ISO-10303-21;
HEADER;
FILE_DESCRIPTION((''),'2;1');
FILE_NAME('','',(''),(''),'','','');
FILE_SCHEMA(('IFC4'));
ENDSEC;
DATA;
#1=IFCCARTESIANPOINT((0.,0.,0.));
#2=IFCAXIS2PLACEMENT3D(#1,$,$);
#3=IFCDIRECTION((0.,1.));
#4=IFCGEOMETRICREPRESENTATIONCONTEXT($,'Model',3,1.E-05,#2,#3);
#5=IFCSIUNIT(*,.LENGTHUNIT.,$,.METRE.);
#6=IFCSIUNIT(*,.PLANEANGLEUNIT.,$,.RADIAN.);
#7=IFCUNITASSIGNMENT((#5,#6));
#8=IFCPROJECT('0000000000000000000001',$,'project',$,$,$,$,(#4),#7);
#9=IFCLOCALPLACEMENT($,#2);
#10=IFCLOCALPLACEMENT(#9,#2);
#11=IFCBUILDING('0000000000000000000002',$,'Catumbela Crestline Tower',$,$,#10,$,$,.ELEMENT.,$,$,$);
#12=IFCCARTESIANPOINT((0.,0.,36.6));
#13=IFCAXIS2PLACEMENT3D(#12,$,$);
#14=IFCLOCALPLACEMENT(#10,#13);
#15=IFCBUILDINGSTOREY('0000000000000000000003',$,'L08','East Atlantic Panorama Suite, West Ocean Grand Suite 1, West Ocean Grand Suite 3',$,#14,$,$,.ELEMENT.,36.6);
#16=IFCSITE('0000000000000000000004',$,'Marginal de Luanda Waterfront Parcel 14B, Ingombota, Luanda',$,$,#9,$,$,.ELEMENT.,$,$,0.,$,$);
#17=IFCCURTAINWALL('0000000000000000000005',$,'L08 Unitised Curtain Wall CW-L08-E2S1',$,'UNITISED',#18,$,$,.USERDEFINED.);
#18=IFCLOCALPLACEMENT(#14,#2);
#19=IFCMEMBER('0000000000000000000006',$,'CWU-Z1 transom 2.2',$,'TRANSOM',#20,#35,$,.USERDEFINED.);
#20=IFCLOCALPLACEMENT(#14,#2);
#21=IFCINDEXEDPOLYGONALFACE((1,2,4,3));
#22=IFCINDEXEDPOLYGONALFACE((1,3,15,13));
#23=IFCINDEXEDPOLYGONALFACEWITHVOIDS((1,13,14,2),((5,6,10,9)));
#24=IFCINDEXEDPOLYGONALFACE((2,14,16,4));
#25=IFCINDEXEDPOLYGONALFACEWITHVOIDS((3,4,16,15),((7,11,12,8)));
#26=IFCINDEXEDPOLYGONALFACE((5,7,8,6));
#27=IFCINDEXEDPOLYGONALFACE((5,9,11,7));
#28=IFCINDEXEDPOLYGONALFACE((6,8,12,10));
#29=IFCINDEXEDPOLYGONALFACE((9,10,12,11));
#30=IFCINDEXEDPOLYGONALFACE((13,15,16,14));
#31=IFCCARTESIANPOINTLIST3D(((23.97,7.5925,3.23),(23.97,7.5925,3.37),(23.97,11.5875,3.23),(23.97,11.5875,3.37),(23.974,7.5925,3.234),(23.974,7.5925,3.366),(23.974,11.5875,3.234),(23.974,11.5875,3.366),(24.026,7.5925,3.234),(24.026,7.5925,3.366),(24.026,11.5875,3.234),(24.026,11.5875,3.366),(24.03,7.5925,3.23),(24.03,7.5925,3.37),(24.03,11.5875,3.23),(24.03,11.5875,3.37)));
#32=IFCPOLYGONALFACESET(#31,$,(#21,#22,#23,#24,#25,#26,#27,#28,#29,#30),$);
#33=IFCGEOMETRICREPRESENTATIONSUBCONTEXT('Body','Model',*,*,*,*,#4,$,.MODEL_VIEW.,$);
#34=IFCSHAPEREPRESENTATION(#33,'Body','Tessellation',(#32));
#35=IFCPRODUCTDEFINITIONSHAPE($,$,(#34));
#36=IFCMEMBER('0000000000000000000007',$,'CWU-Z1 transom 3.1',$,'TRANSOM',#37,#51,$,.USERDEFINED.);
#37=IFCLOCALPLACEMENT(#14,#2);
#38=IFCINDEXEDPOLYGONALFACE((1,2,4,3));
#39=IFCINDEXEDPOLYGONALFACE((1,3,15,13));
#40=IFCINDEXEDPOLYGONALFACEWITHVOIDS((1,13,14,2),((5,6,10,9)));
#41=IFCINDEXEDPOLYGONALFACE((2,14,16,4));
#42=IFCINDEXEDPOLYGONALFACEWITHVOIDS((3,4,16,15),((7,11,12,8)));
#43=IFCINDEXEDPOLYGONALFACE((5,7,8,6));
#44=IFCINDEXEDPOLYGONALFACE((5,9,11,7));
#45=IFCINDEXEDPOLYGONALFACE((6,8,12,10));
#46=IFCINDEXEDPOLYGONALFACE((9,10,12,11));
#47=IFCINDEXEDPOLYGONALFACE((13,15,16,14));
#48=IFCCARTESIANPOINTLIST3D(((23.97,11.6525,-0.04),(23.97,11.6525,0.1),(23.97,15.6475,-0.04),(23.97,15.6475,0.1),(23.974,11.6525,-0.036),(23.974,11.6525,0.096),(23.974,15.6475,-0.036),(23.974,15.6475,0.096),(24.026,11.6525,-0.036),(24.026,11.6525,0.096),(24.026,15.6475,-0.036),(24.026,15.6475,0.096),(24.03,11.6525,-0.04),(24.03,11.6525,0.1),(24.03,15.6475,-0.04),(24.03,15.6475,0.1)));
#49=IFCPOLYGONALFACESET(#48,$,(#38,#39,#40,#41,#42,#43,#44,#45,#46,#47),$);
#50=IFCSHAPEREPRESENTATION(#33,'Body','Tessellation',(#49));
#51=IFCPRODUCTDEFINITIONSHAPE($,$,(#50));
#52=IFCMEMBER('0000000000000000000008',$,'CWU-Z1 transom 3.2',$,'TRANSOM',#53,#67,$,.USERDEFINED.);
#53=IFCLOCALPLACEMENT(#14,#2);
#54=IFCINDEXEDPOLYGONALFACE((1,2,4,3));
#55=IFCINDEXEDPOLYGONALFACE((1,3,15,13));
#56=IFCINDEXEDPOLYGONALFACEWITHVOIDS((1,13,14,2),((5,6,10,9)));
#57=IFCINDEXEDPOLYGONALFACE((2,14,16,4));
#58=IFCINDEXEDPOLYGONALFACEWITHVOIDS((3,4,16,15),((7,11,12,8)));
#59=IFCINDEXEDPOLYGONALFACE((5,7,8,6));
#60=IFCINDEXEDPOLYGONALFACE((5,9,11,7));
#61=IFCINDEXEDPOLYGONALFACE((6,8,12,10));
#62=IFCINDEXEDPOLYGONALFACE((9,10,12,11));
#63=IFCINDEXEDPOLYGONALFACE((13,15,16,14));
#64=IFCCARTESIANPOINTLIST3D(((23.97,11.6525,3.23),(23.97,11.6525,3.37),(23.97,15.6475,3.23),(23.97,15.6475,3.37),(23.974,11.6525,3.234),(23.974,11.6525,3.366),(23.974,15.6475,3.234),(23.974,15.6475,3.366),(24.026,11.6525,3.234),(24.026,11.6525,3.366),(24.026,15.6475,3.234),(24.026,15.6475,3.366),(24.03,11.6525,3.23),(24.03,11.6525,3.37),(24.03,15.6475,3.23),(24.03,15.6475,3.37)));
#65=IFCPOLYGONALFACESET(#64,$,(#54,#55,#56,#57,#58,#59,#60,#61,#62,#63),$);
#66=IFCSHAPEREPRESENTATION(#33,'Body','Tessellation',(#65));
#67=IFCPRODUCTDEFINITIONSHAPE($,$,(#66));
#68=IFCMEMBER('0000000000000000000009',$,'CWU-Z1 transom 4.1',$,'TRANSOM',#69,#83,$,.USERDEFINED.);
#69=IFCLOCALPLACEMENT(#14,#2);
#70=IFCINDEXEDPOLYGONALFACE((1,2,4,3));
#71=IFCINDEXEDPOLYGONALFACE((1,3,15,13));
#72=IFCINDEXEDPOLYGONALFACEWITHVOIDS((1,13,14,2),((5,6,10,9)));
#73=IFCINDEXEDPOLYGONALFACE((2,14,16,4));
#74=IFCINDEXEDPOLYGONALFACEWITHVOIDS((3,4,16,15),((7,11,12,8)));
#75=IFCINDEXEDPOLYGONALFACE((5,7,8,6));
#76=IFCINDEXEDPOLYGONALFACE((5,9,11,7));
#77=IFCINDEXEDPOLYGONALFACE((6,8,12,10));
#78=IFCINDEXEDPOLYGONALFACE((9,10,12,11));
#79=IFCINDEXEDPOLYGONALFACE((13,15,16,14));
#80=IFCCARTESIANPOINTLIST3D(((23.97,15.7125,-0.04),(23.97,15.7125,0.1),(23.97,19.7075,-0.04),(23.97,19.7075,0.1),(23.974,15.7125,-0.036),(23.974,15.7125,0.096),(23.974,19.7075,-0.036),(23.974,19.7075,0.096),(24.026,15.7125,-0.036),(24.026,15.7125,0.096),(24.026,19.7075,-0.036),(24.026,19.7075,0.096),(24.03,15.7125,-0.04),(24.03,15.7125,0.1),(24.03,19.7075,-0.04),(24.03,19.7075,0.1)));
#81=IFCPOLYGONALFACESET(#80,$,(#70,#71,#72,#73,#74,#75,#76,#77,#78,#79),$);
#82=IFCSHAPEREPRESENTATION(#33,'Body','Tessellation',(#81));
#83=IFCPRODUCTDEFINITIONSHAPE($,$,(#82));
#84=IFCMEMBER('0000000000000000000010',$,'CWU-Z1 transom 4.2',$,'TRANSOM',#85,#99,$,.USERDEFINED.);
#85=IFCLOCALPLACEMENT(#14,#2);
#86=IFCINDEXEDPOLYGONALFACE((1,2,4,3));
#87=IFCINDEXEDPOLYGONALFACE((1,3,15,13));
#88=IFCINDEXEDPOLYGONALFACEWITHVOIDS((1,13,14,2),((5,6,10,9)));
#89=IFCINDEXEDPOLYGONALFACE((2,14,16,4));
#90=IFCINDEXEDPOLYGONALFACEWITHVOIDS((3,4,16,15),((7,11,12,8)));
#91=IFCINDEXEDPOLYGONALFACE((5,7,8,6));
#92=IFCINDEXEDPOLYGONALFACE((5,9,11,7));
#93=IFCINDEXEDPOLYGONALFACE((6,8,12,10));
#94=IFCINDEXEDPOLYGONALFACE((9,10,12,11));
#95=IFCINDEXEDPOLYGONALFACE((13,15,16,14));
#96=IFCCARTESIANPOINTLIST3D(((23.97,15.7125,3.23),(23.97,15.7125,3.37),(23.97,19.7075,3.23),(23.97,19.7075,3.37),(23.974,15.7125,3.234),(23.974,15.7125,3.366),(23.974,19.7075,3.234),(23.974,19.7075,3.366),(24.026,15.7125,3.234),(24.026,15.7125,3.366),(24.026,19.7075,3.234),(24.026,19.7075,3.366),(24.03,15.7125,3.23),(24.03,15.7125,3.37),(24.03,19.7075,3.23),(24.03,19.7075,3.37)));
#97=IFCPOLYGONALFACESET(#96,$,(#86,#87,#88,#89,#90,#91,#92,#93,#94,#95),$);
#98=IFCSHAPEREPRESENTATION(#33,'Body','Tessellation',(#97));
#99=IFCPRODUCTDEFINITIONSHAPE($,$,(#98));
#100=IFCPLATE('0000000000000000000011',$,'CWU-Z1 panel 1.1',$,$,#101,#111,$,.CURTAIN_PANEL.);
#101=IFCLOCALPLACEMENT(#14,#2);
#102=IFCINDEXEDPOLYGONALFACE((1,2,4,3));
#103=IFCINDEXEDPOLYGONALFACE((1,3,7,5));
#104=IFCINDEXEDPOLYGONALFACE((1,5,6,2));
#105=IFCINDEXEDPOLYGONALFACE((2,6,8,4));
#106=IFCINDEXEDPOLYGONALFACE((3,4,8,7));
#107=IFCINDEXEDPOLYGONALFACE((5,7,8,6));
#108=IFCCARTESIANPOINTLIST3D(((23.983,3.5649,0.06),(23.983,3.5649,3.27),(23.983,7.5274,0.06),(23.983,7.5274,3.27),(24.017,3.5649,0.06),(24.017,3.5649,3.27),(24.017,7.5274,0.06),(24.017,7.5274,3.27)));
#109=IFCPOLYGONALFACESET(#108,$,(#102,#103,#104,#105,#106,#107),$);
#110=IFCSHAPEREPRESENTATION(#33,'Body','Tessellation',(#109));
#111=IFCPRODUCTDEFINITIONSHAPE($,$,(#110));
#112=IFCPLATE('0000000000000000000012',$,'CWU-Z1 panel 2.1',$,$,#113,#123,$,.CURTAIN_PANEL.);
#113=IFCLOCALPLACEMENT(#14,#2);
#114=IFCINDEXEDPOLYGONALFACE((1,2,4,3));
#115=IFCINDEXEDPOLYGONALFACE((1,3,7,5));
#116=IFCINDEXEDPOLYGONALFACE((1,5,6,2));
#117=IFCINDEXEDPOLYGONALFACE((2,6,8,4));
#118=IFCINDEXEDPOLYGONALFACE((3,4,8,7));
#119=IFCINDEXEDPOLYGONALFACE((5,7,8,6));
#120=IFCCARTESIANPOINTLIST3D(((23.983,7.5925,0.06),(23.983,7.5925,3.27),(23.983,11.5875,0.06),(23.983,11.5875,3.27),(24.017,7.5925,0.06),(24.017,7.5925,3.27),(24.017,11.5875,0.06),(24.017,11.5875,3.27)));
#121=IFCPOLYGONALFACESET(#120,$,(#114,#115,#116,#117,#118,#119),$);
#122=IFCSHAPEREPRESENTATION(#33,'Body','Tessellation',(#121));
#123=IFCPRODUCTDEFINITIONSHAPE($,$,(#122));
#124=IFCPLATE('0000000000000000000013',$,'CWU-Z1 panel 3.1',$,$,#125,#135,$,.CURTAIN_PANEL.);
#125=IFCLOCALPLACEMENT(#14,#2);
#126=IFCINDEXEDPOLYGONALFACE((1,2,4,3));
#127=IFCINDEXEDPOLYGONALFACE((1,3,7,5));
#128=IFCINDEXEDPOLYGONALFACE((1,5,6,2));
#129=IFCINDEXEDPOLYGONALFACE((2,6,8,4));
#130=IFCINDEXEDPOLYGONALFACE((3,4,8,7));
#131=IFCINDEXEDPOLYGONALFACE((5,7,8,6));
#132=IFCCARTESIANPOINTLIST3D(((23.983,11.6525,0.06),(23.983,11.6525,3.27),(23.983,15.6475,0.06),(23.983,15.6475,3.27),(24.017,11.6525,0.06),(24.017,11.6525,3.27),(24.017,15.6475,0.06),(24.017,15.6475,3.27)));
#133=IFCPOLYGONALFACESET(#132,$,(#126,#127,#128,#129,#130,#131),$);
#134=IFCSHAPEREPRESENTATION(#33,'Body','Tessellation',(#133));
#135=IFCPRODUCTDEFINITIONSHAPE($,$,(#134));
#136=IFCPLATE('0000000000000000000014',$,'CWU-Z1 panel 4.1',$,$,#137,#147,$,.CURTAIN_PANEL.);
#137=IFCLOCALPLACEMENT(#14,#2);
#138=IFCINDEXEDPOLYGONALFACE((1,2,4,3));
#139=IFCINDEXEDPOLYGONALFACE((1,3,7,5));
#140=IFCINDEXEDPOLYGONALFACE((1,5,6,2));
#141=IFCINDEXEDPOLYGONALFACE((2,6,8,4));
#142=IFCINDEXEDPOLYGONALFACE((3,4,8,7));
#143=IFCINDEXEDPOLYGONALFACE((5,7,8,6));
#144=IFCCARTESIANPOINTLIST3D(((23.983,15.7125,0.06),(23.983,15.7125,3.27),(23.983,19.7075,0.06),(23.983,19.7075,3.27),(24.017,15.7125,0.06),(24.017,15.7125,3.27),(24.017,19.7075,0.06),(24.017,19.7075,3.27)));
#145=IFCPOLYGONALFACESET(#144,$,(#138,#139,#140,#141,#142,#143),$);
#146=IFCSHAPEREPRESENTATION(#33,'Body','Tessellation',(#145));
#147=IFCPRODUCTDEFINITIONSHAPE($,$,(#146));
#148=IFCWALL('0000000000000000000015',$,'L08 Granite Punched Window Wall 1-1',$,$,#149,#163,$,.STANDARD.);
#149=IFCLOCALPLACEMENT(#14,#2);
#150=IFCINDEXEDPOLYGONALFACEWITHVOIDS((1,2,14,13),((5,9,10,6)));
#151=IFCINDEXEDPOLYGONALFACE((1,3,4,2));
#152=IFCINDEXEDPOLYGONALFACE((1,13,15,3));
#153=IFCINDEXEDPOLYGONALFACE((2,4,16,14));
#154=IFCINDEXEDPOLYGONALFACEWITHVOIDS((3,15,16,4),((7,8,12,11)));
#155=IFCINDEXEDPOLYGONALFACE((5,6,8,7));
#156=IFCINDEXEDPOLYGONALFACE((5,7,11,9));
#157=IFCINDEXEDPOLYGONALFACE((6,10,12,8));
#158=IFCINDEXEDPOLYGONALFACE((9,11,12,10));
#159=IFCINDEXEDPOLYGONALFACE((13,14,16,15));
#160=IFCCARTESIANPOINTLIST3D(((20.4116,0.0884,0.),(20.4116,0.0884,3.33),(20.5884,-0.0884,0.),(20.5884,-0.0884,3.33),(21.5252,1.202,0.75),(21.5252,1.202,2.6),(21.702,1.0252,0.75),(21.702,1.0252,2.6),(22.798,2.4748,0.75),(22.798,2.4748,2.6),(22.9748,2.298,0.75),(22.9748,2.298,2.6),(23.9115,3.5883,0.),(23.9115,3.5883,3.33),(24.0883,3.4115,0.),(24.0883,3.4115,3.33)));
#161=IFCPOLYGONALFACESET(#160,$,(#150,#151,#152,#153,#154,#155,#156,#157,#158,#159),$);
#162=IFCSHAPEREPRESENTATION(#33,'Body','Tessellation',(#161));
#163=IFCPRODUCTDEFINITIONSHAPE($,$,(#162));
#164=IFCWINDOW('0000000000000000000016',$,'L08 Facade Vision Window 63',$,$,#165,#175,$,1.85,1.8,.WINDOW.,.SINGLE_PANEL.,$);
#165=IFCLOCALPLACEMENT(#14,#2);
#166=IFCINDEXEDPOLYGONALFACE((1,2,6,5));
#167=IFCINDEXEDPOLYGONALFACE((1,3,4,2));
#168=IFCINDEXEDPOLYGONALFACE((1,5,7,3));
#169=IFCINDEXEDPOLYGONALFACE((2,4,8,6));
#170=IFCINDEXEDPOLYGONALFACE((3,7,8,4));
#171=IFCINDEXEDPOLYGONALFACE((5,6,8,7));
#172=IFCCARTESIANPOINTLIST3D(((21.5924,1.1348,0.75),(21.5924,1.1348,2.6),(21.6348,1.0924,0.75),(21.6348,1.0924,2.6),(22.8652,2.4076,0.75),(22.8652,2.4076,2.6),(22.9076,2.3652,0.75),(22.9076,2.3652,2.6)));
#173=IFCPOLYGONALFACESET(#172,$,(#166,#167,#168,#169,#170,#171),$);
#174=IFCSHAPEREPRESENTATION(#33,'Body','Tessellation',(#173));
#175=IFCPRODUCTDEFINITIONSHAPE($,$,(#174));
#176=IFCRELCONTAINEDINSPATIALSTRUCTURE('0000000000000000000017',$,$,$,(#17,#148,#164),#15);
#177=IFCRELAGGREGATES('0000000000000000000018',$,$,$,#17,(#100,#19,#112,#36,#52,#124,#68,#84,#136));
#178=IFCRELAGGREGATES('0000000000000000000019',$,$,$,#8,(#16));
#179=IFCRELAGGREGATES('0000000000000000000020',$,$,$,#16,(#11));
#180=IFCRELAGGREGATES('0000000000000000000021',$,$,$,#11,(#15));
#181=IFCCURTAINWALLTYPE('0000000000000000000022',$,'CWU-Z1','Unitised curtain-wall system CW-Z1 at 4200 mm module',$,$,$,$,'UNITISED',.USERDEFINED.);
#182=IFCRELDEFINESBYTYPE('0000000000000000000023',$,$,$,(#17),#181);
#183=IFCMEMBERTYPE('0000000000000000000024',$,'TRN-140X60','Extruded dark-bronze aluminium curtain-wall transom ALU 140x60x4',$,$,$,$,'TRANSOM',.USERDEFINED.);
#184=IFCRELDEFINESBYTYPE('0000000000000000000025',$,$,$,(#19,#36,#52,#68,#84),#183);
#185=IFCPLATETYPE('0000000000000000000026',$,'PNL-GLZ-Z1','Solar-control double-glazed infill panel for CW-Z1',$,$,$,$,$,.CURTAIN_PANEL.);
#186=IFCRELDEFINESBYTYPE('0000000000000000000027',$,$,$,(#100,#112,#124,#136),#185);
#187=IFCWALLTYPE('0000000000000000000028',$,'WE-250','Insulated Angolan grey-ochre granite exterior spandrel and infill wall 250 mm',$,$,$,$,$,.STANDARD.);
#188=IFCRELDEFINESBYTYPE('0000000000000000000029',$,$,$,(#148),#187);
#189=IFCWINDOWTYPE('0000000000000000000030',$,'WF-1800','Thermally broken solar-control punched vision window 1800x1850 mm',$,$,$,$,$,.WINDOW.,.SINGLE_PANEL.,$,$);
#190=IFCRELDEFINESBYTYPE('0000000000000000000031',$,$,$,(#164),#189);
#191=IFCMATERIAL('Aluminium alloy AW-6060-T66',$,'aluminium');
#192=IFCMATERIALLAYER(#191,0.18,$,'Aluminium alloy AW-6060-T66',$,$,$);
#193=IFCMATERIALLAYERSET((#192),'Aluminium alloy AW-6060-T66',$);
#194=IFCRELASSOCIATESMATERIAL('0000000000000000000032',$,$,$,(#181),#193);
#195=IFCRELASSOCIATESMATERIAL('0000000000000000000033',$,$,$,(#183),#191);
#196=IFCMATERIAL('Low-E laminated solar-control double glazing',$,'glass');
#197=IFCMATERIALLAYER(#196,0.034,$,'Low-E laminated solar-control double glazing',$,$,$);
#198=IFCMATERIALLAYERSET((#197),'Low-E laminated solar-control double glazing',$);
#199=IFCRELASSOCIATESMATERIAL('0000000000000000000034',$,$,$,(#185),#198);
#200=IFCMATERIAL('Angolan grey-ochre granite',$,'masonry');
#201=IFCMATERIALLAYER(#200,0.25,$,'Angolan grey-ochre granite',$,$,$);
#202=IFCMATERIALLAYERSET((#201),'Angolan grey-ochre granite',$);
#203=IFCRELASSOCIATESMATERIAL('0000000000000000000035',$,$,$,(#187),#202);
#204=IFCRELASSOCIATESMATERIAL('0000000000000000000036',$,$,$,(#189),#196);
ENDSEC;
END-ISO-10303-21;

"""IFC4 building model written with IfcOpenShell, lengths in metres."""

from ifc_helpers import new_model, si_unit, direction, frame, frame_2d, origin, origin_2d, place, context, subcontext, project, spatial, rectangle, hollow_rectangle, extrude, material, layer, layer_set, material_profile, profile_set, type_object, element, fill, aggregate, save


model = new_model("IFC4")

# Units and contexts
model_context = context("Model", 3, precision=1e-05, world=origin(), true_north=direction((0.0, 1.0)))
body_context = subcontext(model_context, "Body", "Model", "MODEL_VIEW")
ifc_project = project(units=[si_unit("LENGTHUNIT", "METRE"), si_unit("PLANEANGLEUNIT", "RADIAN")], contexts=[model_context])

# Site, building, storey
site_placement = place(None, origin())
site = spatial("IfcSite", under=ifc_project, at=site_placement, Name="Marginal de Luanda Waterfront Parcel 14B, Ingombota, Luanda", CompositionType="ELEMENT", RefElevation=0.0)
building_placement = place(site_placement, origin())
building = spatial("IfcBuilding", under=site, at=building_placement, Name="Catumbela Crestline Tower", CompositionType="ELEMENT")
storey_placement = place(building_placement, frame((0.0, 0.0, 36.6)))
storey = spatial("IfcBuildingStorey", under=building, at=storey_placement, Name="L08", Description="East Atlantic Panorama Suite, West Ocean Grand Suite 1, West Ocean Grand Suite 3", CompositionType="ELEMENT", Elevation=36.6)

# Shared definitions
ifc_material_1 = material(Name="Aluminium alloy AW-6060-T66", Category="aluminium")
ifc_layer_1 = layer(ifc_material_1, 0.18, Name="Aluminium alloy AW-6060-T66")
ifc_layer_set_1 = layer_set([ifc_layer_1], Name="Aluminium alloy AW-6060-T66")
curtain_wall_type = type_object("IfcCurtainWallType", Name="CWU-Z1", Description="Unitised curtain-wall system CW-Z1 at 4200 mm module", ElementType="UNITISED", PredefinedType="USERDEFINED", material=ifc_layer_set_1)

# Curtain wall
curtain_wall_1_placement = place(storey_placement, origin())
curtain_wall_1 = element("IfcCurtainWall", 1, at=curtain_wall_1_placement, inside=storey, type_object=curtain_wall_type, Name="L08 Unitised Curtain Wall CW-L08-E2S1", ObjectType="UNITISED", PredefinedType="USERDEFINED")

# Members
ifc_material_profile_1 = material_profile(ifc_material_1, hollow_rectangle(XDim=0.06, YDim=0.14, WallThickness=0.004, at=origin_2d()), Name="ALU 140x60x4")
ifc_profile_set_1 = profile_set([ifc_material_profile_1], Name="Aluminium alloy AW-6060-T66")
member_type_1 = type_object("IfcMemberType", Name="TRN-140X60", Description="Extruded dark-bronze aluminium curtain-wall transom ALU 140x60x4", ElementType="TRANSOM", PredefinedType="USERDEFINED", material=ifc_profile_set_1)
member_1_placement = place(storey_placement, frame((24.0, 7.5925, 3.3), z_axis=(0.0, 1.0, 0.0), x_axis=(-1.0, 0.0, 0.0)))
member_1 = element("IfcMember", 2, at=member_1_placement, type_object=member_type_1, Name="CWU-Z1 transom 2.2", ObjectType="TRANSOM", PredefinedType="USERDEFINED", context=body_context, shape_type="SweptSolid", body=[
    extrude(hollow_rectangle(XDim=0.06, YDim=0.14, WallThickness=0.004, at=origin_2d()), origin(), (0.0, 0.0, 1.0), 3.995),
])
member_2_placement = place(storey_placement, frame((24.0, 11.6525, 0.03), z_axis=(0.0, 1.0, 0.0), x_axis=(-1.0, 0.0, 0.0)))
member_2 = element("IfcMember", 3, at=member_2_placement, type_object=member_type_1, Name="CWU-Z1 transom 3.1", ObjectType="TRANSOM", PredefinedType="USERDEFINED", context=body_context, shape_type="SweptSolid", body=[
    extrude(hollow_rectangle(XDim=0.06, YDim=0.14, WallThickness=0.004, at=origin_2d()), origin(), (0.0, 0.0, 1.0), 3.995),
])
member_3_placement = place(storey_placement, frame((24.0, 11.6525, 3.3), z_axis=(0.0, 1.0, 0.0), x_axis=(-1.0, 0.0, 0.0)))
member_3 = element("IfcMember", 4, at=member_3_placement, type_object=member_type_1, Name="CWU-Z1 transom 3.2", ObjectType="TRANSOM", PredefinedType="USERDEFINED", context=body_context, shape_type="SweptSolid", body=[
    extrude(hollow_rectangle(XDim=0.06, YDim=0.14, WallThickness=0.004, at=origin_2d()), origin(), (0.0, 0.0, 1.0), 3.995),
])
member_4_placement = place(storey_placement, frame((24.0, 15.7125, 0.03), z_axis=(0.0, 1.0, 0.0), x_axis=(-1.0, 0.0, 0.0)))
member_4 = element("IfcMember", 5, at=member_4_placement, type_object=member_type_1, Name="CWU-Z1 transom 4.1", ObjectType="TRANSOM", PredefinedType="USERDEFINED", context=body_context, shape_type="SweptSolid", body=[
    extrude(hollow_rectangle(XDim=0.06, YDim=0.14, WallThickness=0.004, at=origin_2d()), origin(), (0.0, 0.0, 1.0), 3.995),
])
member_5_placement = place(storey_placement, frame((24.0, 15.7125, 3.3), z_axis=(0.0, 1.0, 0.0), x_axis=(-1.0, 0.0, 0.0)))
member_5 = element("IfcMember", 6, at=member_5_placement, type_object=member_type_1, Name="CWU-Z1 transom 4.2", ObjectType="TRANSOM", PredefinedType="USERDEFINED", context=body_context, shape_type="SweptSolid", body=[
    extrude(hollow_rectangle(XDim=0.06, YDim=0.14, WallThickness=0.004, at=origin_2d()), origin(), (0.0, 0.0, 1.0), 3.995),
])

# Plates
ifc_material_2 = material(Name="Low-E laminated solar-control double glazing", Category="glass")
ifc_layer_2 = layer(ifc_material_2, 0.034, Name="Low-E laminated solar-control double glazing")
ifc_layer_set_2 = layer_set([ifc_layer_2], Name="Low-E laminated solar-control double glazing")
plate_type = type_object("IfcPlateType", Name="PNL-GLZ-Z1", Description="Solar-control double-glazed infill panel for CW-Z1", PredefinedType="CURTAIN_PANEL", material=ifc_layer_set_2)
plate_1_placement = place(storey_placement, frame((24.0, 5.5462, 0.06), z_axis=(0.0, 0.0, 1.0), x_axis=(0.0, 1.0, 0.0)))
plate_1 = element("IfcPlate", 7, at=plate_1_placement, type_object=plate_type, Name="CWU-Z1 panel 1.1", PredefinedType="CURTAIN_PANEL", context=body_context, shape_type="SweptSolid", body=[
    extrude(rectangle(XDim=3.9625, YDim=0.034, at=origin_2d()), origin(), (0.0, 0.0, 1.0), 3.21),
])
plate_2_placement = place(storey_placement, frame((24.0, 9.59, 0.06), z_axis=(0.0, 0.0, 1.0), x_axis=(0.0, 1.0, 0.0)))
plate_2 = element("IfcPlate", 8, at=plate_2_placement, type_object=plate_type, Name="CWU-Z1 panel 2.1", PredefinedType="CURTAIN_PANEL", context=body_context, shape_type="SweptSolid", body=[
    extrude(rectangle(XDim=3.995, YDim=0.034, at=origin_2d()), origin(), (0.0, 0.0, 1.0), 3.21),
])
plate_3_placement = place(storey_placement, frame((24.0, 13.65, 0.06), z_axis=(0.0, 0.0, 1.0), x_axis=(0.0, 1.0, 0.0)))
plate_3 = element("IfcPlate", 9, at=plate_3_placement, type_object=plate_type, Name="CWU-Z1 panel 3.1", PredefinedType="CURTAIN_PANEL", context=body_context, shape_type="SweptSolid", body=[
    extrude(rectangle(XDim=3.995, YDim=0.034, at=origin_2d()), origin(), (0.0, 0.0, 1.0), 3.21),
])
plate_4_placement = place(storey_placement, frame((24.0, 17.71, 0.06), z_axis=(0.0, 0.0, 1.0), x_axis=(0.0, 1.0, 0.0)))
plate_4 = element("IfcPlate", 10, at=plate_4_placement, type_object=plate_type, Name="CWU-Z1 panel 4.1", PredefinedType="CURTAIN_PANEL", context=body_context, shape_type="SweptSolid", body=[
    extrude(rectangle(XDim=3.995, YDim=0.034, at=origin_2d()), origin(), (0.0, 0.0, 1.0), 3.21),
])
aggregate(curtain_wall_1, [plate_1, member_1, plate_2, member_2, member_3, plate_3, member_4, member_5, plate_4])

# Wall, opening, window
ifc_material_3 = material(Name="Angolan grey-ochre granite", Category="masonry")
ifc_layer_3 = layer(ifc_material_3, 0.25, Name="Angolan grey-ochre granite")
ifc_layer_set_3 = layer_set([ifc_layer_3], Name="Angolan grey-ochre granite")
wall_type_1 = type_object("IfcWallType", Name="WE-250", Description="Insulated Angolan grey-ochre granite exterior spandrel and infill wall 250 mm", PredefinedType="STANDARD", material=ifc_layer_set_3)
wall_1_placement = place(storey_placement, frame((20.5, 0.0, 0.0), z_axis=(0.0, 0.0, 1.0), x_axis=(0.707107, 0.707107, 0.0)))
wall_1 = element("IfcWall", 11, at=wall_1_placement, inside=storey, type_object=wall_type_1, Name="L08 Granite Punched Window Wall 1-1", PredefinedType="STANDARD", context=body_context, shape_type="SweptSolid", body=[
    extrude(rectangle(XDim=4.9497, YDim=0.25, at=frame_2d((2.4748, 0.0))), origin(), (0.0, 0.0, 1.0), 3.33),
])
opening_1_placement = place(wall_1_placement, frame((1.5749, 0.0, 0.75)))
opening_1 = element("IfcOpeningElement", 12, at=opening_1_placement, cuts=wall_1, PredefinedType="OPENING", context=body_context, shape_type="SweptSolid", body=[
    extrude(rectangle(XDim=1.8, YDim=1.85, at=frame_2d((0.9, 0.925))), frame((0.0, 0.135, 0.0), z_axis=(0.0, -1.0, 0.0), x_axis=(1.0, 0.0, 0.0)), (0.0, 0.0, 1.0), 0.27),
])
window_type = type_object("IfcWindowType", Name="WF-1800", Description="Thermally broken solar-control punched vision window 1800x1850 mm", PartitioningType="SINGLE_PANEL", PredefinedType="WINDOW", material=ifc_material_2)
window_placement = place(opening_1_placement, origin())
window = element("IfcWindow", 13, at=window_placement, inside=storey, type_object=window_type, Name="L08 Facade Vision Window 63", OverallHeight=1.85, OverallWidth=1.8, PartitioningType="SINGLE_PANEL", PredefinedType="WINDOW", context=body_context, shape_type="SweptSolid", body=[
    extrude(rectangle(XDim=1.8, YDim=1.85, at=frame_2d((0.9, 0.925))), frame((0.0, 0.03, 0.0), z_axis=(0.0, -1.0, 0.0), x_axis=(1.0, 0.0, 0.0)), (0.0, 0.0, 1.0), 0.06),
])
fill(opening_1, window)

save(model, "model.ifc")
